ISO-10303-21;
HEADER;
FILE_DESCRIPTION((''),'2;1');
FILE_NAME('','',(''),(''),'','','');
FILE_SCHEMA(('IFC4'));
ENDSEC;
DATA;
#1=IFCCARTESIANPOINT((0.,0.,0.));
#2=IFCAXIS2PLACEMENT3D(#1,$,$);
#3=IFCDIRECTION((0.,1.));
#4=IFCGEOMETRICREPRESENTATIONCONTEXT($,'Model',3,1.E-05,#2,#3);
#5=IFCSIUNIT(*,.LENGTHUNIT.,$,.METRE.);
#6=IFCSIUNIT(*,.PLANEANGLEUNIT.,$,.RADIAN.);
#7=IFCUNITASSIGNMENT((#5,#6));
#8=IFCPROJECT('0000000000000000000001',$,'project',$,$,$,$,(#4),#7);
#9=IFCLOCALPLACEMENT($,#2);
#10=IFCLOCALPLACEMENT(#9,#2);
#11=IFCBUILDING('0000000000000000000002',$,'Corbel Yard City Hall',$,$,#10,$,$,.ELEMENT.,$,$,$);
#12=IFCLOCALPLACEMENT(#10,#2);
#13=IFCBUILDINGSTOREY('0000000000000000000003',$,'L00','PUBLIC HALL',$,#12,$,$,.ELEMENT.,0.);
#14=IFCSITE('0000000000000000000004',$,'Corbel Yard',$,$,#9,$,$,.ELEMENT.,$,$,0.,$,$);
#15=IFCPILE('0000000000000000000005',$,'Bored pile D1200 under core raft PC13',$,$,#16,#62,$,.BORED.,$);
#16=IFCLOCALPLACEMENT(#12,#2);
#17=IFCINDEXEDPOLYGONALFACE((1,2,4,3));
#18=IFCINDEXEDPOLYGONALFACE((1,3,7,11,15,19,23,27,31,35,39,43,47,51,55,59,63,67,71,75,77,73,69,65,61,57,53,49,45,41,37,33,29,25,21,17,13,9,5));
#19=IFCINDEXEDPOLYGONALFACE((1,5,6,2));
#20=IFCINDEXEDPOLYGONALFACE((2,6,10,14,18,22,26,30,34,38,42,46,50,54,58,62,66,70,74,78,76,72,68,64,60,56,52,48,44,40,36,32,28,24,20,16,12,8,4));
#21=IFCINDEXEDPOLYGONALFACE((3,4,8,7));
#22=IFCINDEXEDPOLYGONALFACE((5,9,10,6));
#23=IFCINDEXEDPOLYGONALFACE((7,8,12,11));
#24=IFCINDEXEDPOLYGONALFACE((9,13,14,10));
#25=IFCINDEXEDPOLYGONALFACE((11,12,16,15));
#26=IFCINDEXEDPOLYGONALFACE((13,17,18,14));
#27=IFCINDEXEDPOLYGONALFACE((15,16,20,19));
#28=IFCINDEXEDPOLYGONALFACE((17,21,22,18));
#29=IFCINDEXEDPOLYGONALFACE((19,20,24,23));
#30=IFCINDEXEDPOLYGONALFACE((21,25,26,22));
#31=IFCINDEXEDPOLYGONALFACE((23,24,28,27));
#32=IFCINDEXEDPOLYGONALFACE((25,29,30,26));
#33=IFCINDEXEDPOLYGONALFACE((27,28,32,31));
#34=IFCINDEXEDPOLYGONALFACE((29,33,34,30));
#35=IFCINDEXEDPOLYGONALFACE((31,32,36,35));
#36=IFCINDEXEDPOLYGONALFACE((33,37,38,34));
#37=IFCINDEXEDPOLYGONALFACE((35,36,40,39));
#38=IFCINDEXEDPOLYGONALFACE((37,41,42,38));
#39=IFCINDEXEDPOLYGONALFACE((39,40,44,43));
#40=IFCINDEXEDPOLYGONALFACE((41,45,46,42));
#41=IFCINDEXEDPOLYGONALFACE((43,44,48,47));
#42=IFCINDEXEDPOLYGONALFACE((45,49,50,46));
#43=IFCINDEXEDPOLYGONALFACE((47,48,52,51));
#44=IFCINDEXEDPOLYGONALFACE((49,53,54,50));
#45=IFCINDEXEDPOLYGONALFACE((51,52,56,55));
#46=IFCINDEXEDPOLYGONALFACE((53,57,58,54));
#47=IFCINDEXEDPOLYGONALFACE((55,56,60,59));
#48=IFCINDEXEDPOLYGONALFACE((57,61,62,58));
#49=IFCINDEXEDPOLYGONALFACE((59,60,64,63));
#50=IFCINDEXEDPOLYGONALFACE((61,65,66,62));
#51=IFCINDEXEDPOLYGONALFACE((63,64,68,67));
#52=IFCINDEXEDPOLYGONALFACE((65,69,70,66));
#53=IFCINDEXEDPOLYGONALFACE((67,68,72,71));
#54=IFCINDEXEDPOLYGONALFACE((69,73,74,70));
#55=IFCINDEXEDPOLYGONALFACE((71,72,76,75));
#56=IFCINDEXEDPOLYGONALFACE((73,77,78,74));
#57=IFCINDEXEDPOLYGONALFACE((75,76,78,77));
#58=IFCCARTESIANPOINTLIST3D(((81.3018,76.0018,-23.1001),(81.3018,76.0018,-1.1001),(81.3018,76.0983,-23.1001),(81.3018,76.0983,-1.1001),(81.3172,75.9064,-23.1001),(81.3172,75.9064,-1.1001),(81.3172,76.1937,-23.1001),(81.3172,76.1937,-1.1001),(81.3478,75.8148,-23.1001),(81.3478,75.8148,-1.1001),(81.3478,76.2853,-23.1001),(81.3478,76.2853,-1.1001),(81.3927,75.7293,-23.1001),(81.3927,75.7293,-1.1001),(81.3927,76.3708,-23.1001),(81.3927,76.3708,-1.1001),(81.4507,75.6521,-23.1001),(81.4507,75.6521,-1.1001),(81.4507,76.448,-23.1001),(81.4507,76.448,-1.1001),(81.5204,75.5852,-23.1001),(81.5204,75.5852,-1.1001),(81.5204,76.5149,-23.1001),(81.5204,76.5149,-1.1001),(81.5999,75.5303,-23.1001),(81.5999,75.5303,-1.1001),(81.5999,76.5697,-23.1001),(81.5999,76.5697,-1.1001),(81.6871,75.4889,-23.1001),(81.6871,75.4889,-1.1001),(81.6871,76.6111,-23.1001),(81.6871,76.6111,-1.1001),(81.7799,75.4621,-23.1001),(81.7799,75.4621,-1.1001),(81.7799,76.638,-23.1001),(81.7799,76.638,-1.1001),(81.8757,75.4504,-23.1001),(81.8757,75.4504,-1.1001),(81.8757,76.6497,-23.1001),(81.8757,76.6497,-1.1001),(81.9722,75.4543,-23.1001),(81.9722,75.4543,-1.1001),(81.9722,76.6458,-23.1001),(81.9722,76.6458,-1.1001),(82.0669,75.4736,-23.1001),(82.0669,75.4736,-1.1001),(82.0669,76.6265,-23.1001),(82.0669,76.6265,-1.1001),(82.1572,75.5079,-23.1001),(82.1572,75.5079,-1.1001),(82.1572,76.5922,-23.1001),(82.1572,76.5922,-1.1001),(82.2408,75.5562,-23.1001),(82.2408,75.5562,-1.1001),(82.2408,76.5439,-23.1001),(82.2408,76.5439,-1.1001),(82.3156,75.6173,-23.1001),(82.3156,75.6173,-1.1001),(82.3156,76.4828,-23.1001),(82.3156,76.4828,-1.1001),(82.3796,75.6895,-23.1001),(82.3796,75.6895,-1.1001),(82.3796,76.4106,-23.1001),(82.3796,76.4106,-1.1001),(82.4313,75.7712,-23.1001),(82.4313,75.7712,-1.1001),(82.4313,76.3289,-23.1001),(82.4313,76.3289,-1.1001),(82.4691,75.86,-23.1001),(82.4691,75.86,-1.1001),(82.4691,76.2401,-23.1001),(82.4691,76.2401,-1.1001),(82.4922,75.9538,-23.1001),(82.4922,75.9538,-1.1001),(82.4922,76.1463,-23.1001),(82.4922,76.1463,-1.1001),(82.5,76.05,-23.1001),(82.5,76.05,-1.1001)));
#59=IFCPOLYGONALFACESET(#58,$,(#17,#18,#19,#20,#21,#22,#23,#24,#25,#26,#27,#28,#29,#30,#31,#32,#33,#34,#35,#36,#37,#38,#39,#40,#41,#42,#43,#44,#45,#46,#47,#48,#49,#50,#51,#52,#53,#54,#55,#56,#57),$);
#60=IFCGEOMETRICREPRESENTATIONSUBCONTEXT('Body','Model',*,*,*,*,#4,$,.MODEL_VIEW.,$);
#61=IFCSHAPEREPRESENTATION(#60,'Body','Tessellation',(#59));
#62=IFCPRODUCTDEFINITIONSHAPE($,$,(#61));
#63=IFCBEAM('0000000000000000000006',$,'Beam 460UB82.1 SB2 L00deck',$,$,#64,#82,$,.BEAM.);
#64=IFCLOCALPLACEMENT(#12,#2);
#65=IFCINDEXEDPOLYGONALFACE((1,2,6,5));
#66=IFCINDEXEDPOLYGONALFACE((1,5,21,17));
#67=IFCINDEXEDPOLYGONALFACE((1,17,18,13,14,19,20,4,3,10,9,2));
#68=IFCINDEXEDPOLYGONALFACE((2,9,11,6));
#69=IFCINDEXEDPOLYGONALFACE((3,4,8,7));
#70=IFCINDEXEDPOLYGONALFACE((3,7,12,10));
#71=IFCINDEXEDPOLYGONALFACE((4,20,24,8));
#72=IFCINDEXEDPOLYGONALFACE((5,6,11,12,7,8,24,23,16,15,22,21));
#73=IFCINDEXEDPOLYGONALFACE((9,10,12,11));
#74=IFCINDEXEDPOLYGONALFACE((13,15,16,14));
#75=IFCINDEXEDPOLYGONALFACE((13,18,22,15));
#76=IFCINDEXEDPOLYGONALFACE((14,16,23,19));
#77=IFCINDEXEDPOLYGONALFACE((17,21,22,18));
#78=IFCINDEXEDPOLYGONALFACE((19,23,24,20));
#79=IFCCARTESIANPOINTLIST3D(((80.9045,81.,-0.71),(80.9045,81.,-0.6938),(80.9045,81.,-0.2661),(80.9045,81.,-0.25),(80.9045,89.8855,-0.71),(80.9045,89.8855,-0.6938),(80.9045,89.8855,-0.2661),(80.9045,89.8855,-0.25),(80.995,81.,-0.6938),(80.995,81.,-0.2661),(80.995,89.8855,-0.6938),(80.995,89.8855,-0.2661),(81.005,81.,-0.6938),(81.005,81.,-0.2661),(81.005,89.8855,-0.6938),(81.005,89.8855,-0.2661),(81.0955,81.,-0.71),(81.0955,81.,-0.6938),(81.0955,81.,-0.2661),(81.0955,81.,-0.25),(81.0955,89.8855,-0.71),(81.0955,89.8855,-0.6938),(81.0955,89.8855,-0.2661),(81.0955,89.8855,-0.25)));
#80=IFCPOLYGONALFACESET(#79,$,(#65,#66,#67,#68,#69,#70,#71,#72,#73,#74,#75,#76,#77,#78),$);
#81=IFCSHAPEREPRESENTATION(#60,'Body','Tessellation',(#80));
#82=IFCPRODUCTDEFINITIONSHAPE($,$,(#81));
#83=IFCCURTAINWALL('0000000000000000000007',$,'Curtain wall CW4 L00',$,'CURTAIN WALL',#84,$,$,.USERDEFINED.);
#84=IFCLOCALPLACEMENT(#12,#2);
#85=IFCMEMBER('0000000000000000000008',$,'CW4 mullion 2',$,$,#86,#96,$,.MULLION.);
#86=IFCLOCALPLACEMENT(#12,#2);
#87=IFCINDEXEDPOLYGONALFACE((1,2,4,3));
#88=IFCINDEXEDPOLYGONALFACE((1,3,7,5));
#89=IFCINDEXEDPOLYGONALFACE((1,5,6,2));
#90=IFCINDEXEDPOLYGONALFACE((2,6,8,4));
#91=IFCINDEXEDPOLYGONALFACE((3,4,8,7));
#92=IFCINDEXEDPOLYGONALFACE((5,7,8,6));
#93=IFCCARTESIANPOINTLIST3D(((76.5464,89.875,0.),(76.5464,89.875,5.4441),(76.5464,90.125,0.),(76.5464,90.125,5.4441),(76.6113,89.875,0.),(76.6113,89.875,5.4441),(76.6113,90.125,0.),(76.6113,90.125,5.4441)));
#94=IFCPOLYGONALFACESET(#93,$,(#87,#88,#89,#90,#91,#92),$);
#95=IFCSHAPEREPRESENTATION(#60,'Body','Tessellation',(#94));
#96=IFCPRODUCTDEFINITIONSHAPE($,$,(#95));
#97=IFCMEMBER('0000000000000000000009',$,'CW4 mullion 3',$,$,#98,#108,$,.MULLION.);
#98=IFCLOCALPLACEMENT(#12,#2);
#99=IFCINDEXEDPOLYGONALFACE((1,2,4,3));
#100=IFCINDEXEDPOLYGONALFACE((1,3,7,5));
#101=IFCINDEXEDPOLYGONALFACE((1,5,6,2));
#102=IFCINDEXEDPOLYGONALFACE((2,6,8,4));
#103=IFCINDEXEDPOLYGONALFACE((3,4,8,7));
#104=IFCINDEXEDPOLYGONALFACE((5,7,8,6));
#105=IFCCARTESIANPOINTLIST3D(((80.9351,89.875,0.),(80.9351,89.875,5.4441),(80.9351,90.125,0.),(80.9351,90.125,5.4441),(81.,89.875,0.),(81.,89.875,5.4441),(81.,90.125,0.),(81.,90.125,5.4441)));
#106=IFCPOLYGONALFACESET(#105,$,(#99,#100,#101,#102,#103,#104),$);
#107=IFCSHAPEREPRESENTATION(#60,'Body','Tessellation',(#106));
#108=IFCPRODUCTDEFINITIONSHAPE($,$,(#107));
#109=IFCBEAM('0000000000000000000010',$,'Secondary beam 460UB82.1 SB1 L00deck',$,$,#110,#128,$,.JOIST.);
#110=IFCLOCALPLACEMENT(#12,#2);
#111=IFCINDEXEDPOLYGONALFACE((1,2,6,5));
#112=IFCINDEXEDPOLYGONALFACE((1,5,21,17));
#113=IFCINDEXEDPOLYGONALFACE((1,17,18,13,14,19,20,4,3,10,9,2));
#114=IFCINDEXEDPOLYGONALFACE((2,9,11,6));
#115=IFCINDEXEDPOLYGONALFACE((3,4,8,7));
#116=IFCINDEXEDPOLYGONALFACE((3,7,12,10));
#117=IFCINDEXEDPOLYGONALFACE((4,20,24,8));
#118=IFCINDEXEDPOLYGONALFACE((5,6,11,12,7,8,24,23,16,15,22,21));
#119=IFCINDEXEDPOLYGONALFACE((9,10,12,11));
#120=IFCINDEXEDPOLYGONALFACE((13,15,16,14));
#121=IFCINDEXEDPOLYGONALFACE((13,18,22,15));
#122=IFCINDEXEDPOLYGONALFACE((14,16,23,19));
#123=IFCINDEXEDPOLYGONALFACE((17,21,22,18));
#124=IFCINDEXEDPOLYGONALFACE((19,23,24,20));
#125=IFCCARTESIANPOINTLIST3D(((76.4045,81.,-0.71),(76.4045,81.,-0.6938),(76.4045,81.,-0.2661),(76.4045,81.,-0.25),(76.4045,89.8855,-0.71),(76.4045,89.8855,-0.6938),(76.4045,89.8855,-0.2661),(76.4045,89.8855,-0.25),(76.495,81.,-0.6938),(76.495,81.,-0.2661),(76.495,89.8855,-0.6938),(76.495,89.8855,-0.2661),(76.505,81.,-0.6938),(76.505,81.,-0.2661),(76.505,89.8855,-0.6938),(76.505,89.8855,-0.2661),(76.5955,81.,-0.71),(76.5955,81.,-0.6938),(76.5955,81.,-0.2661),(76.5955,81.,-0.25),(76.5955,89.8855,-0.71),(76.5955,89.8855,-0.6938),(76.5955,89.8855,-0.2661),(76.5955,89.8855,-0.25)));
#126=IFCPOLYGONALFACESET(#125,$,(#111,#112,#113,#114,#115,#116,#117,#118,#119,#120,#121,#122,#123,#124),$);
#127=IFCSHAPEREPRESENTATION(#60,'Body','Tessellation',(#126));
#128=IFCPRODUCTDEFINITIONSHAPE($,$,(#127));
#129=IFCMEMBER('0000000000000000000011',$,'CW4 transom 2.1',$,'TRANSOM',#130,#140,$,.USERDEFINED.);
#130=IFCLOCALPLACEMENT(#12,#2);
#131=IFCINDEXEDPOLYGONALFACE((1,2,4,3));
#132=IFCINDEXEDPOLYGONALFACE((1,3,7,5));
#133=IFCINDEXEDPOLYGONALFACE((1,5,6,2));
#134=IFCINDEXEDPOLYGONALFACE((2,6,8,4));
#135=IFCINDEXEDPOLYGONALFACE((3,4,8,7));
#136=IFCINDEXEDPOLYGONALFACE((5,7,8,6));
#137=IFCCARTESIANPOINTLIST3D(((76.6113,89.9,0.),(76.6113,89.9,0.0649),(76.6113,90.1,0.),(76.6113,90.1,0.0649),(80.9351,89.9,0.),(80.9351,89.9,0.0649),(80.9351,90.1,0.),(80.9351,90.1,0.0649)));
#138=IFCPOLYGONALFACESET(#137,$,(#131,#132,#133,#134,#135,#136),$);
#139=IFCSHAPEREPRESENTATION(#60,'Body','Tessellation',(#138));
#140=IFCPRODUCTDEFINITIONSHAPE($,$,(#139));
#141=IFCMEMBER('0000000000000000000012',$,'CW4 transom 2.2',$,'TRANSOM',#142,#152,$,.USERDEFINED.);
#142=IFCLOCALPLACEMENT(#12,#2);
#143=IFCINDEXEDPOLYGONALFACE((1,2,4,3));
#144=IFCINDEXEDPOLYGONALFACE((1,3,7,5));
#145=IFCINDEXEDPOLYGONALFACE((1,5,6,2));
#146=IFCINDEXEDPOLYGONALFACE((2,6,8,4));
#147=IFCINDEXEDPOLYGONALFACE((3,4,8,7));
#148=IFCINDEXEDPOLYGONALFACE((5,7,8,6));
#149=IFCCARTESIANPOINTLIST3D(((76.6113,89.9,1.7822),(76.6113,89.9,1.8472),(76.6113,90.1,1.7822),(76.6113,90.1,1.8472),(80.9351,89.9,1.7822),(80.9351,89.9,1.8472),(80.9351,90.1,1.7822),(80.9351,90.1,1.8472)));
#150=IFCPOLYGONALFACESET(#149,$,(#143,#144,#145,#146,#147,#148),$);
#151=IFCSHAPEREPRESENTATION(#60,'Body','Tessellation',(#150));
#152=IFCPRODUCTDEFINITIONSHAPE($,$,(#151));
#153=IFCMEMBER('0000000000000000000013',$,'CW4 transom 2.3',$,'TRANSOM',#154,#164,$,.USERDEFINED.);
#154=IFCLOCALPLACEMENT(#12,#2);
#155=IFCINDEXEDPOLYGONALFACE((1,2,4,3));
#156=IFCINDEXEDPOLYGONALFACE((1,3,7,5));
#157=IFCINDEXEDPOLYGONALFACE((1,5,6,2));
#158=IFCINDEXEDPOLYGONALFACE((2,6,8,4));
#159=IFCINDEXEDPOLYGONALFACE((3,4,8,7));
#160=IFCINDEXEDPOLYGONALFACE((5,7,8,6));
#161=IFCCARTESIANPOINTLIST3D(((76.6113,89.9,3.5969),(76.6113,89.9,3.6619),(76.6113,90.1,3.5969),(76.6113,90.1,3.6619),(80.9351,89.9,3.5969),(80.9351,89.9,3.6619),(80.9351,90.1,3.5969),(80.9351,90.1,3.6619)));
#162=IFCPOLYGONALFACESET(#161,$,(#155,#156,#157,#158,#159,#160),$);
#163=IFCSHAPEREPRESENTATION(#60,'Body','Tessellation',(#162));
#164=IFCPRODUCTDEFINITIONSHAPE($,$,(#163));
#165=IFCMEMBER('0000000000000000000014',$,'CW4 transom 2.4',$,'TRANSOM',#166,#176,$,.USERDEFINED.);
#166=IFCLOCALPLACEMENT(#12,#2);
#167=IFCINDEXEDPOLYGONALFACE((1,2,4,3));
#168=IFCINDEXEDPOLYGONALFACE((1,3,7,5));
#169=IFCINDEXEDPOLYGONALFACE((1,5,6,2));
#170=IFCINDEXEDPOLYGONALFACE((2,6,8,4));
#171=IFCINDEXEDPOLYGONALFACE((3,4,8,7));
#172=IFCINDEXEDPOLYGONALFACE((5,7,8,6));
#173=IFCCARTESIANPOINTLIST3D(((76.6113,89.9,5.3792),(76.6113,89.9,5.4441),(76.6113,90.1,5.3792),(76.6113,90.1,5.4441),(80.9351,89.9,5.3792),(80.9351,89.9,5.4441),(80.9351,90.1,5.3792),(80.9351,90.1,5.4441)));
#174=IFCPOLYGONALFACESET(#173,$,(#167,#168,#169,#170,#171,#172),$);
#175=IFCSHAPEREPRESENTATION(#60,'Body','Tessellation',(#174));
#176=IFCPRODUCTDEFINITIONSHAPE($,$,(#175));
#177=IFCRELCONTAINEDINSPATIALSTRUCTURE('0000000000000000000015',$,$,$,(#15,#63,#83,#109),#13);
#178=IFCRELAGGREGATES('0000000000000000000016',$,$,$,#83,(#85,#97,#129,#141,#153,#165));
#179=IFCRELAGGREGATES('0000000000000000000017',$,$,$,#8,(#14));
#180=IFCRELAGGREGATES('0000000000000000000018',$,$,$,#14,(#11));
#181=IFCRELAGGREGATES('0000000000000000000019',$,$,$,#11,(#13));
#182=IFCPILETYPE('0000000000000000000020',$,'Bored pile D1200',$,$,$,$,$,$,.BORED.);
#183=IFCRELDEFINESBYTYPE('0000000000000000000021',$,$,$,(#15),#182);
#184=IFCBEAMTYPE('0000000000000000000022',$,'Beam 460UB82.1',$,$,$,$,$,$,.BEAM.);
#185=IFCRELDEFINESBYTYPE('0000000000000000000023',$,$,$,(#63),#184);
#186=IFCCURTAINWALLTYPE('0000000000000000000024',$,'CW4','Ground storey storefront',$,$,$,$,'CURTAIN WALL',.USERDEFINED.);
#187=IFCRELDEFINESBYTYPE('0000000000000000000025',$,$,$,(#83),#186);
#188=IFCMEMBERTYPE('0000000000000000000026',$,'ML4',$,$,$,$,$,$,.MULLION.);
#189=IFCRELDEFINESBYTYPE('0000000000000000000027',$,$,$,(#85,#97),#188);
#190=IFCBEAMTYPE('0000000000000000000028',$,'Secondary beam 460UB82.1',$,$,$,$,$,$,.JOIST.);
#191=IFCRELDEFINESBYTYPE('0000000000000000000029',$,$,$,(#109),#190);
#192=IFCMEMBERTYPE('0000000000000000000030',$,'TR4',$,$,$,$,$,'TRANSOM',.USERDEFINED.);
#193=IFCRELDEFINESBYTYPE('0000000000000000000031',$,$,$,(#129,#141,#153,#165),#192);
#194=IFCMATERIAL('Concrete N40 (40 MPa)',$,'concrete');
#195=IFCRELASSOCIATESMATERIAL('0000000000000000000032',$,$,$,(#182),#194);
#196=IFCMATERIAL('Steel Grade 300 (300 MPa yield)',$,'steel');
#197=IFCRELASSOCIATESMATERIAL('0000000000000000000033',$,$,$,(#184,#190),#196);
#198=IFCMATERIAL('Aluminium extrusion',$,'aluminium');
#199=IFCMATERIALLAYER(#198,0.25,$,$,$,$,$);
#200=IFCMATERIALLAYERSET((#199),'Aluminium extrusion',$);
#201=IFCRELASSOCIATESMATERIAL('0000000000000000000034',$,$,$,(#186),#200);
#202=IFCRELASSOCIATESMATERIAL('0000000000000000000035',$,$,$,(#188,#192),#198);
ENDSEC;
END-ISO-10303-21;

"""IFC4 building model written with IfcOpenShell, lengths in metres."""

from ifc_helpers import new_model, si_unit, direction, frame, origin, origin_2d, place, context, subcontext, project, spatial, rectangle, circle, i_section, extrude, material, layer, layer_set, material_profile, profile_set, type_object, element, aggregate, save


model = new_model("IFC4")

# Units and contexts
model_context = context("Model", 3, precision=1e-05, world=origin(), true_north=direction((0.0, 1.0)))
body_context = subcontext(model_context, "Body", "Model", "MODEL_VIEW")
ifc_project = project(units=[si_unit("LENGTHUNIT", "METRE"), si_unit("PLANEANGLEUNIT", "RADIAN")], contexts=[model_context])

# Site, building, storey
site_placement = place(None, origin())
site = spatial("IfcSite", under=ifc_project, at=site_placement, Name="Corbel Yard", CompositionType="ELEMENT", RefElevation=0.0)
building_placement = place(site_placement, origin())
building = spatial("IfcBuilding", under=site, at=building_placement, Name="Corbel Yard City Hall", CompositionType="ELEMENT")
storey_placement = place(building_placement, origin())
storey = spatial("IfcBuildingStorey", under=building, at=storey_placement, Name="L00", Description="PUBLIC HALL", CompositionType="ELEMENT", Elevation=0.0)

# Pile
ifc_material_1 = material(Name="Concrete N40 (40 MPa)", Category="concrete")
ifc_material_profile_1 = material_profile(ifc_material_1, circle(Radius=0.6001, at=origin_2d()), Name="D1200")
ifc_profile_set_1 = profile_set([ifc_material_profile_1], Name="Concrete N40 (40 MPa)")
pile_type = type_object("IfcPileType", Name="Bored pile D1200", PredefinedType="BORED", material=ifc_profile_set_1)
pile_placement = place(storey_placement, frame((81.8999, 76.05, -1.1001), z_axis=(0.0, 0.0, -1.0), x_axis=(1.0, 0.0, 0.0)))
element("IfcPile", 1, at=pile_placement, inside=storey, type_object=pile_type, Name="Bored pile D1200 under core raft PC13", PredefinedType="BORED", context=body_context, shape_type="SweptSolid", body=[
    extrude(circle(Radius=0.6001, at=origin_2d()), origin(), (0.0, 0.0, 1.0), 22.0),
])

# Beam
ifc_material_2 = material(Name="Steel Grade 300 (300 MPa yield)", Category="steel")
ifc_material_profile_2 = material_profile(ifc_material_2, i_section(OverallWidth=0.1909, OverallDepth=0.46, WebThickness=0.01, FlangeThickness=0.0161, at=origin_2d()), Name="460UB82.1")
ifc_profile_set_2 = profile_set([ifc_material_profile_2], Name="Steel Grade 300 (300 MPa yield)")
beam_type_1 = type_object("IfcBeamType", Name="Beam 460UB82.1", PredefinedType="BEAM", material=ifc_profile_set_2)
beam_1_placement = place(storey_placement, frame((81.0, 81.0, -0.48), z_axis=(0.0, 1.0, 0.0), x_axis=(-1.0, 0.0, 0.0)))
element("IfcBeam", 2, at=beam_1_placement, inside=storey, type_object=beam_type_1, Name="Beam 460UB82.1 SB2 L00deck", PredefinedType="BEAM", context=body_context, shape_type="SweptSolid", body=[
    extrude(i_section(OverallWidth=0.1909, OverallDepth=0.46, WebThickness=0.01, FlangeThickness=0.0161, at=origin_2d()), origin(), (0.0, 0.0, 1.0), 8.8855),
])

# Curtain wall, members
ifc_material_3 = material(Name="Aluminium extrusion", Category="aluminium")
ifc_layer_1 = layer(ifc_material_3, 0.25)
ifc_layer_set_1 = layer_set([ifc_layer_1], Name="Aluminium extrusion")
curtain_wall_type = type_object("IfcCurtainWallType", Name="CW4", Description="Ground storey storefront", ElementType="CURTAIN WALL", PredefinedType="USERDEFINED", material=ifc_layer_set_1)
curtain_wall_placement = place(storey_placement, origin())
curtain_wall = element("IfcCurtainWall", 3, at=curtain_wall_placement, inside=storey, type_object=curtain_wall_type, Name="Curtain wall CW4 L00", ObjectType="CURTAIN WALL", PredefinedType="USERDEFINED")
ifc_material_profile_3 = material_profile(ifc_material_3, rectangle(XDim=0.25, YDim=0.0649, at=origin_2d()), Name="250x65")
ifc_profile_set_3 = profile_set([ifc_material_profile_3], Name="Aluminium extrusion")
member_type_1 = type_object("IfcMemberType", Name="ML4", PredefinedType="MULLION", material=ifc_profile_set_3)
member_1_placement = place(storey_placement, frame((76.5789, 90.0, 0.0), z_axis=(0.0, 0.0, 1.0), x_axis=(0.0, 1.0, 0.0)))
member_1 = element("IfcMember", 4, at=member_1_placement, type_object=member_type_1, Name="CW4 mullion 2", PredefinedType="MULLION", context=body_context, shape_type="SweptSolid", body=[
    extrude(rectangle(XDim=0.25, YDim=0.0649, at=origin_2d()), origin(), (0.0, 0.0, 1.0), 5.4441),
])
member_2_placement = place(storey_placement, frame((80.9675, 90.0, 0.0), z_axis=(0.0, 0.0, 1.0), x_axis=(0.0, 1.0, 0.0)))
member_2 = element("IfcMember", 5, at=member_2_placement, type_object=member_type_1, Name="CW4 mullion 3", PredefinedType="MULLION", context=body_context, shape_type="SweptSolid", body=[
    extrude(rectangle(XDim=0.25, YDim=0.0649, at=origin_2d()), origin(), (0.0, 0.0, 1.0), 5.4441),
])

# Beam
ifc_material_profile_4 = material_profile(ifc_material_2, i_section(OverallWidth=0.1909, OverallDepth=0.46, WebThickness=0.01, FlangeThickness=0.0161, at=origin_2d()), Name="460UB82.1")
ifc_profile_set_4 = profile_set([ifc_material_profile_4], Name="Steel Grade 300 (300 MPa yield)")
beam_type_2 = type_object("IfcBeamType", Name="Secondary beam 460UB82.1", PredefinedType="JOIST", material=ifc_profile_set_4)
beam_2_placement = place(storey_placement, frame((76.5, 81.0, -0.48), z_axis=(0.0, 1.0, 0.0), x_axis=(-1.0, 0.0, 0.0)))
element("IfcBeam", 6, at=beam_2_placement, inside=storey, type_object=beam_type_2, Name="Secondary beam 460UB82.1 SB1 L00deck", PredefinedType="JOIST", context=body_context, shape_type="SweptSolid", body=[
    extrude(i_section(OverallWidth=0.1909, OverallDepth=0.46, WebThickness=0.01, FlangeThickness=0.0161, at=origin_2d()), origin(), (0.0, 0.0, 1.0), 8.8855),
])

# Members
ifc_material_profile_5 = material_profile(ifc_material_3, rectangle(XDim=0.2, YDim=0.0649, at=origin_2d()), Name="200x65")
ifc_profile_set_5 = profile_set([ifc_material_profile_5], Name="Aluminium extrusion")
member_type_2 = type_object("IfcMemberType", Name="TR4", ElementType="TRANSOM", PredefinedType="USERDEFINED", material=ifc_profile_set_5)
member_3_placement = place(storey_placement, frame((76.6113, 90.0, 0.0325), z_axis=(1.0, 0.0, 0.0), x_axis=(0.0, 1.0, 0.0)))
member_3 = element("IfcMember", 7, at=member_3_placement, type_object=member_type_2, Name="CW4 transom 2.1", ObjectType="TRANSOM", PredefinedType="USERDEFINED", context=body_context, shape_type="SweptSolid", body=[
    extrude(rectangle(XDim=0.2, YDim=0.0649, at=origin_2d()), origin(), (0.0, 0.0, 1.0), 4.3237),
])
member_4_placement = place(storey_placement, frame((76.6113, 90.0, 1.8147), z_axis=(1.0, 0.0, 0.0), x_axis=(0.0, 1.0, 0.0)))
member_4 = element("IfcMember", 8, at=member_4_placement, type_object=member_type_2, Name="CW4 transom 2.2", ObjectType="TRANSOM", PredefinedType="USERDEFINED", context=body_context, shape_type="SweptSolid", body=[
    extrude(rectangle(XDim=0.2, YDim=0.0649, at=origin_2d()), origin(), (0.0, 0.0, 1.0), 4.3237),
])
member_5_placement = place(storey_placement, frame((76.6113, 90.0, 3.6294), z_axis=(1.0, 0.0, 0.0), x_axis=(0.0, 1.0, 0.0)))
member_5 = element("IfcMember", 9, at=member_5_placement, type_object=member_type_2, Name="CW4 transom 2.3", ObjectType="TRANSOM", PredefinedType="USERDEFINED", context=body_context, shape_type="SweptSolid", body=[
    extrude(rectangle(XDim=0.2, YDim=0.0649, at=origin_2d()), origin(), (0.0, 0.0, 1.0), 4.3237),
])
member_6_placement = place(storey_placement, frame((76.6113, 90.0, 5.4116), z_axis=(1.0, 0.0, 0.0), x_axis=(0.0, 1.0, 0.0)))
member_6 = element("IfcMember", 10, at=member_6_placement, type_object=member_type_2, Name="CW4 transom 2.4", ObjectType="TRANSOM", PredefinedType="USERDEFINED", context=body_context, shape_type="SweptSolid", body=[
    extrude(rectangle(XDim=0.2, YDim=0.0649, at=origin_2d()), origin(), (0.0, 0.0, 1.0), 4.3237),
])

aggregate(curtain_wall, [member_1, member_2, member_3, member_4, member_5, member_6])

save(model, "model.ifc")
